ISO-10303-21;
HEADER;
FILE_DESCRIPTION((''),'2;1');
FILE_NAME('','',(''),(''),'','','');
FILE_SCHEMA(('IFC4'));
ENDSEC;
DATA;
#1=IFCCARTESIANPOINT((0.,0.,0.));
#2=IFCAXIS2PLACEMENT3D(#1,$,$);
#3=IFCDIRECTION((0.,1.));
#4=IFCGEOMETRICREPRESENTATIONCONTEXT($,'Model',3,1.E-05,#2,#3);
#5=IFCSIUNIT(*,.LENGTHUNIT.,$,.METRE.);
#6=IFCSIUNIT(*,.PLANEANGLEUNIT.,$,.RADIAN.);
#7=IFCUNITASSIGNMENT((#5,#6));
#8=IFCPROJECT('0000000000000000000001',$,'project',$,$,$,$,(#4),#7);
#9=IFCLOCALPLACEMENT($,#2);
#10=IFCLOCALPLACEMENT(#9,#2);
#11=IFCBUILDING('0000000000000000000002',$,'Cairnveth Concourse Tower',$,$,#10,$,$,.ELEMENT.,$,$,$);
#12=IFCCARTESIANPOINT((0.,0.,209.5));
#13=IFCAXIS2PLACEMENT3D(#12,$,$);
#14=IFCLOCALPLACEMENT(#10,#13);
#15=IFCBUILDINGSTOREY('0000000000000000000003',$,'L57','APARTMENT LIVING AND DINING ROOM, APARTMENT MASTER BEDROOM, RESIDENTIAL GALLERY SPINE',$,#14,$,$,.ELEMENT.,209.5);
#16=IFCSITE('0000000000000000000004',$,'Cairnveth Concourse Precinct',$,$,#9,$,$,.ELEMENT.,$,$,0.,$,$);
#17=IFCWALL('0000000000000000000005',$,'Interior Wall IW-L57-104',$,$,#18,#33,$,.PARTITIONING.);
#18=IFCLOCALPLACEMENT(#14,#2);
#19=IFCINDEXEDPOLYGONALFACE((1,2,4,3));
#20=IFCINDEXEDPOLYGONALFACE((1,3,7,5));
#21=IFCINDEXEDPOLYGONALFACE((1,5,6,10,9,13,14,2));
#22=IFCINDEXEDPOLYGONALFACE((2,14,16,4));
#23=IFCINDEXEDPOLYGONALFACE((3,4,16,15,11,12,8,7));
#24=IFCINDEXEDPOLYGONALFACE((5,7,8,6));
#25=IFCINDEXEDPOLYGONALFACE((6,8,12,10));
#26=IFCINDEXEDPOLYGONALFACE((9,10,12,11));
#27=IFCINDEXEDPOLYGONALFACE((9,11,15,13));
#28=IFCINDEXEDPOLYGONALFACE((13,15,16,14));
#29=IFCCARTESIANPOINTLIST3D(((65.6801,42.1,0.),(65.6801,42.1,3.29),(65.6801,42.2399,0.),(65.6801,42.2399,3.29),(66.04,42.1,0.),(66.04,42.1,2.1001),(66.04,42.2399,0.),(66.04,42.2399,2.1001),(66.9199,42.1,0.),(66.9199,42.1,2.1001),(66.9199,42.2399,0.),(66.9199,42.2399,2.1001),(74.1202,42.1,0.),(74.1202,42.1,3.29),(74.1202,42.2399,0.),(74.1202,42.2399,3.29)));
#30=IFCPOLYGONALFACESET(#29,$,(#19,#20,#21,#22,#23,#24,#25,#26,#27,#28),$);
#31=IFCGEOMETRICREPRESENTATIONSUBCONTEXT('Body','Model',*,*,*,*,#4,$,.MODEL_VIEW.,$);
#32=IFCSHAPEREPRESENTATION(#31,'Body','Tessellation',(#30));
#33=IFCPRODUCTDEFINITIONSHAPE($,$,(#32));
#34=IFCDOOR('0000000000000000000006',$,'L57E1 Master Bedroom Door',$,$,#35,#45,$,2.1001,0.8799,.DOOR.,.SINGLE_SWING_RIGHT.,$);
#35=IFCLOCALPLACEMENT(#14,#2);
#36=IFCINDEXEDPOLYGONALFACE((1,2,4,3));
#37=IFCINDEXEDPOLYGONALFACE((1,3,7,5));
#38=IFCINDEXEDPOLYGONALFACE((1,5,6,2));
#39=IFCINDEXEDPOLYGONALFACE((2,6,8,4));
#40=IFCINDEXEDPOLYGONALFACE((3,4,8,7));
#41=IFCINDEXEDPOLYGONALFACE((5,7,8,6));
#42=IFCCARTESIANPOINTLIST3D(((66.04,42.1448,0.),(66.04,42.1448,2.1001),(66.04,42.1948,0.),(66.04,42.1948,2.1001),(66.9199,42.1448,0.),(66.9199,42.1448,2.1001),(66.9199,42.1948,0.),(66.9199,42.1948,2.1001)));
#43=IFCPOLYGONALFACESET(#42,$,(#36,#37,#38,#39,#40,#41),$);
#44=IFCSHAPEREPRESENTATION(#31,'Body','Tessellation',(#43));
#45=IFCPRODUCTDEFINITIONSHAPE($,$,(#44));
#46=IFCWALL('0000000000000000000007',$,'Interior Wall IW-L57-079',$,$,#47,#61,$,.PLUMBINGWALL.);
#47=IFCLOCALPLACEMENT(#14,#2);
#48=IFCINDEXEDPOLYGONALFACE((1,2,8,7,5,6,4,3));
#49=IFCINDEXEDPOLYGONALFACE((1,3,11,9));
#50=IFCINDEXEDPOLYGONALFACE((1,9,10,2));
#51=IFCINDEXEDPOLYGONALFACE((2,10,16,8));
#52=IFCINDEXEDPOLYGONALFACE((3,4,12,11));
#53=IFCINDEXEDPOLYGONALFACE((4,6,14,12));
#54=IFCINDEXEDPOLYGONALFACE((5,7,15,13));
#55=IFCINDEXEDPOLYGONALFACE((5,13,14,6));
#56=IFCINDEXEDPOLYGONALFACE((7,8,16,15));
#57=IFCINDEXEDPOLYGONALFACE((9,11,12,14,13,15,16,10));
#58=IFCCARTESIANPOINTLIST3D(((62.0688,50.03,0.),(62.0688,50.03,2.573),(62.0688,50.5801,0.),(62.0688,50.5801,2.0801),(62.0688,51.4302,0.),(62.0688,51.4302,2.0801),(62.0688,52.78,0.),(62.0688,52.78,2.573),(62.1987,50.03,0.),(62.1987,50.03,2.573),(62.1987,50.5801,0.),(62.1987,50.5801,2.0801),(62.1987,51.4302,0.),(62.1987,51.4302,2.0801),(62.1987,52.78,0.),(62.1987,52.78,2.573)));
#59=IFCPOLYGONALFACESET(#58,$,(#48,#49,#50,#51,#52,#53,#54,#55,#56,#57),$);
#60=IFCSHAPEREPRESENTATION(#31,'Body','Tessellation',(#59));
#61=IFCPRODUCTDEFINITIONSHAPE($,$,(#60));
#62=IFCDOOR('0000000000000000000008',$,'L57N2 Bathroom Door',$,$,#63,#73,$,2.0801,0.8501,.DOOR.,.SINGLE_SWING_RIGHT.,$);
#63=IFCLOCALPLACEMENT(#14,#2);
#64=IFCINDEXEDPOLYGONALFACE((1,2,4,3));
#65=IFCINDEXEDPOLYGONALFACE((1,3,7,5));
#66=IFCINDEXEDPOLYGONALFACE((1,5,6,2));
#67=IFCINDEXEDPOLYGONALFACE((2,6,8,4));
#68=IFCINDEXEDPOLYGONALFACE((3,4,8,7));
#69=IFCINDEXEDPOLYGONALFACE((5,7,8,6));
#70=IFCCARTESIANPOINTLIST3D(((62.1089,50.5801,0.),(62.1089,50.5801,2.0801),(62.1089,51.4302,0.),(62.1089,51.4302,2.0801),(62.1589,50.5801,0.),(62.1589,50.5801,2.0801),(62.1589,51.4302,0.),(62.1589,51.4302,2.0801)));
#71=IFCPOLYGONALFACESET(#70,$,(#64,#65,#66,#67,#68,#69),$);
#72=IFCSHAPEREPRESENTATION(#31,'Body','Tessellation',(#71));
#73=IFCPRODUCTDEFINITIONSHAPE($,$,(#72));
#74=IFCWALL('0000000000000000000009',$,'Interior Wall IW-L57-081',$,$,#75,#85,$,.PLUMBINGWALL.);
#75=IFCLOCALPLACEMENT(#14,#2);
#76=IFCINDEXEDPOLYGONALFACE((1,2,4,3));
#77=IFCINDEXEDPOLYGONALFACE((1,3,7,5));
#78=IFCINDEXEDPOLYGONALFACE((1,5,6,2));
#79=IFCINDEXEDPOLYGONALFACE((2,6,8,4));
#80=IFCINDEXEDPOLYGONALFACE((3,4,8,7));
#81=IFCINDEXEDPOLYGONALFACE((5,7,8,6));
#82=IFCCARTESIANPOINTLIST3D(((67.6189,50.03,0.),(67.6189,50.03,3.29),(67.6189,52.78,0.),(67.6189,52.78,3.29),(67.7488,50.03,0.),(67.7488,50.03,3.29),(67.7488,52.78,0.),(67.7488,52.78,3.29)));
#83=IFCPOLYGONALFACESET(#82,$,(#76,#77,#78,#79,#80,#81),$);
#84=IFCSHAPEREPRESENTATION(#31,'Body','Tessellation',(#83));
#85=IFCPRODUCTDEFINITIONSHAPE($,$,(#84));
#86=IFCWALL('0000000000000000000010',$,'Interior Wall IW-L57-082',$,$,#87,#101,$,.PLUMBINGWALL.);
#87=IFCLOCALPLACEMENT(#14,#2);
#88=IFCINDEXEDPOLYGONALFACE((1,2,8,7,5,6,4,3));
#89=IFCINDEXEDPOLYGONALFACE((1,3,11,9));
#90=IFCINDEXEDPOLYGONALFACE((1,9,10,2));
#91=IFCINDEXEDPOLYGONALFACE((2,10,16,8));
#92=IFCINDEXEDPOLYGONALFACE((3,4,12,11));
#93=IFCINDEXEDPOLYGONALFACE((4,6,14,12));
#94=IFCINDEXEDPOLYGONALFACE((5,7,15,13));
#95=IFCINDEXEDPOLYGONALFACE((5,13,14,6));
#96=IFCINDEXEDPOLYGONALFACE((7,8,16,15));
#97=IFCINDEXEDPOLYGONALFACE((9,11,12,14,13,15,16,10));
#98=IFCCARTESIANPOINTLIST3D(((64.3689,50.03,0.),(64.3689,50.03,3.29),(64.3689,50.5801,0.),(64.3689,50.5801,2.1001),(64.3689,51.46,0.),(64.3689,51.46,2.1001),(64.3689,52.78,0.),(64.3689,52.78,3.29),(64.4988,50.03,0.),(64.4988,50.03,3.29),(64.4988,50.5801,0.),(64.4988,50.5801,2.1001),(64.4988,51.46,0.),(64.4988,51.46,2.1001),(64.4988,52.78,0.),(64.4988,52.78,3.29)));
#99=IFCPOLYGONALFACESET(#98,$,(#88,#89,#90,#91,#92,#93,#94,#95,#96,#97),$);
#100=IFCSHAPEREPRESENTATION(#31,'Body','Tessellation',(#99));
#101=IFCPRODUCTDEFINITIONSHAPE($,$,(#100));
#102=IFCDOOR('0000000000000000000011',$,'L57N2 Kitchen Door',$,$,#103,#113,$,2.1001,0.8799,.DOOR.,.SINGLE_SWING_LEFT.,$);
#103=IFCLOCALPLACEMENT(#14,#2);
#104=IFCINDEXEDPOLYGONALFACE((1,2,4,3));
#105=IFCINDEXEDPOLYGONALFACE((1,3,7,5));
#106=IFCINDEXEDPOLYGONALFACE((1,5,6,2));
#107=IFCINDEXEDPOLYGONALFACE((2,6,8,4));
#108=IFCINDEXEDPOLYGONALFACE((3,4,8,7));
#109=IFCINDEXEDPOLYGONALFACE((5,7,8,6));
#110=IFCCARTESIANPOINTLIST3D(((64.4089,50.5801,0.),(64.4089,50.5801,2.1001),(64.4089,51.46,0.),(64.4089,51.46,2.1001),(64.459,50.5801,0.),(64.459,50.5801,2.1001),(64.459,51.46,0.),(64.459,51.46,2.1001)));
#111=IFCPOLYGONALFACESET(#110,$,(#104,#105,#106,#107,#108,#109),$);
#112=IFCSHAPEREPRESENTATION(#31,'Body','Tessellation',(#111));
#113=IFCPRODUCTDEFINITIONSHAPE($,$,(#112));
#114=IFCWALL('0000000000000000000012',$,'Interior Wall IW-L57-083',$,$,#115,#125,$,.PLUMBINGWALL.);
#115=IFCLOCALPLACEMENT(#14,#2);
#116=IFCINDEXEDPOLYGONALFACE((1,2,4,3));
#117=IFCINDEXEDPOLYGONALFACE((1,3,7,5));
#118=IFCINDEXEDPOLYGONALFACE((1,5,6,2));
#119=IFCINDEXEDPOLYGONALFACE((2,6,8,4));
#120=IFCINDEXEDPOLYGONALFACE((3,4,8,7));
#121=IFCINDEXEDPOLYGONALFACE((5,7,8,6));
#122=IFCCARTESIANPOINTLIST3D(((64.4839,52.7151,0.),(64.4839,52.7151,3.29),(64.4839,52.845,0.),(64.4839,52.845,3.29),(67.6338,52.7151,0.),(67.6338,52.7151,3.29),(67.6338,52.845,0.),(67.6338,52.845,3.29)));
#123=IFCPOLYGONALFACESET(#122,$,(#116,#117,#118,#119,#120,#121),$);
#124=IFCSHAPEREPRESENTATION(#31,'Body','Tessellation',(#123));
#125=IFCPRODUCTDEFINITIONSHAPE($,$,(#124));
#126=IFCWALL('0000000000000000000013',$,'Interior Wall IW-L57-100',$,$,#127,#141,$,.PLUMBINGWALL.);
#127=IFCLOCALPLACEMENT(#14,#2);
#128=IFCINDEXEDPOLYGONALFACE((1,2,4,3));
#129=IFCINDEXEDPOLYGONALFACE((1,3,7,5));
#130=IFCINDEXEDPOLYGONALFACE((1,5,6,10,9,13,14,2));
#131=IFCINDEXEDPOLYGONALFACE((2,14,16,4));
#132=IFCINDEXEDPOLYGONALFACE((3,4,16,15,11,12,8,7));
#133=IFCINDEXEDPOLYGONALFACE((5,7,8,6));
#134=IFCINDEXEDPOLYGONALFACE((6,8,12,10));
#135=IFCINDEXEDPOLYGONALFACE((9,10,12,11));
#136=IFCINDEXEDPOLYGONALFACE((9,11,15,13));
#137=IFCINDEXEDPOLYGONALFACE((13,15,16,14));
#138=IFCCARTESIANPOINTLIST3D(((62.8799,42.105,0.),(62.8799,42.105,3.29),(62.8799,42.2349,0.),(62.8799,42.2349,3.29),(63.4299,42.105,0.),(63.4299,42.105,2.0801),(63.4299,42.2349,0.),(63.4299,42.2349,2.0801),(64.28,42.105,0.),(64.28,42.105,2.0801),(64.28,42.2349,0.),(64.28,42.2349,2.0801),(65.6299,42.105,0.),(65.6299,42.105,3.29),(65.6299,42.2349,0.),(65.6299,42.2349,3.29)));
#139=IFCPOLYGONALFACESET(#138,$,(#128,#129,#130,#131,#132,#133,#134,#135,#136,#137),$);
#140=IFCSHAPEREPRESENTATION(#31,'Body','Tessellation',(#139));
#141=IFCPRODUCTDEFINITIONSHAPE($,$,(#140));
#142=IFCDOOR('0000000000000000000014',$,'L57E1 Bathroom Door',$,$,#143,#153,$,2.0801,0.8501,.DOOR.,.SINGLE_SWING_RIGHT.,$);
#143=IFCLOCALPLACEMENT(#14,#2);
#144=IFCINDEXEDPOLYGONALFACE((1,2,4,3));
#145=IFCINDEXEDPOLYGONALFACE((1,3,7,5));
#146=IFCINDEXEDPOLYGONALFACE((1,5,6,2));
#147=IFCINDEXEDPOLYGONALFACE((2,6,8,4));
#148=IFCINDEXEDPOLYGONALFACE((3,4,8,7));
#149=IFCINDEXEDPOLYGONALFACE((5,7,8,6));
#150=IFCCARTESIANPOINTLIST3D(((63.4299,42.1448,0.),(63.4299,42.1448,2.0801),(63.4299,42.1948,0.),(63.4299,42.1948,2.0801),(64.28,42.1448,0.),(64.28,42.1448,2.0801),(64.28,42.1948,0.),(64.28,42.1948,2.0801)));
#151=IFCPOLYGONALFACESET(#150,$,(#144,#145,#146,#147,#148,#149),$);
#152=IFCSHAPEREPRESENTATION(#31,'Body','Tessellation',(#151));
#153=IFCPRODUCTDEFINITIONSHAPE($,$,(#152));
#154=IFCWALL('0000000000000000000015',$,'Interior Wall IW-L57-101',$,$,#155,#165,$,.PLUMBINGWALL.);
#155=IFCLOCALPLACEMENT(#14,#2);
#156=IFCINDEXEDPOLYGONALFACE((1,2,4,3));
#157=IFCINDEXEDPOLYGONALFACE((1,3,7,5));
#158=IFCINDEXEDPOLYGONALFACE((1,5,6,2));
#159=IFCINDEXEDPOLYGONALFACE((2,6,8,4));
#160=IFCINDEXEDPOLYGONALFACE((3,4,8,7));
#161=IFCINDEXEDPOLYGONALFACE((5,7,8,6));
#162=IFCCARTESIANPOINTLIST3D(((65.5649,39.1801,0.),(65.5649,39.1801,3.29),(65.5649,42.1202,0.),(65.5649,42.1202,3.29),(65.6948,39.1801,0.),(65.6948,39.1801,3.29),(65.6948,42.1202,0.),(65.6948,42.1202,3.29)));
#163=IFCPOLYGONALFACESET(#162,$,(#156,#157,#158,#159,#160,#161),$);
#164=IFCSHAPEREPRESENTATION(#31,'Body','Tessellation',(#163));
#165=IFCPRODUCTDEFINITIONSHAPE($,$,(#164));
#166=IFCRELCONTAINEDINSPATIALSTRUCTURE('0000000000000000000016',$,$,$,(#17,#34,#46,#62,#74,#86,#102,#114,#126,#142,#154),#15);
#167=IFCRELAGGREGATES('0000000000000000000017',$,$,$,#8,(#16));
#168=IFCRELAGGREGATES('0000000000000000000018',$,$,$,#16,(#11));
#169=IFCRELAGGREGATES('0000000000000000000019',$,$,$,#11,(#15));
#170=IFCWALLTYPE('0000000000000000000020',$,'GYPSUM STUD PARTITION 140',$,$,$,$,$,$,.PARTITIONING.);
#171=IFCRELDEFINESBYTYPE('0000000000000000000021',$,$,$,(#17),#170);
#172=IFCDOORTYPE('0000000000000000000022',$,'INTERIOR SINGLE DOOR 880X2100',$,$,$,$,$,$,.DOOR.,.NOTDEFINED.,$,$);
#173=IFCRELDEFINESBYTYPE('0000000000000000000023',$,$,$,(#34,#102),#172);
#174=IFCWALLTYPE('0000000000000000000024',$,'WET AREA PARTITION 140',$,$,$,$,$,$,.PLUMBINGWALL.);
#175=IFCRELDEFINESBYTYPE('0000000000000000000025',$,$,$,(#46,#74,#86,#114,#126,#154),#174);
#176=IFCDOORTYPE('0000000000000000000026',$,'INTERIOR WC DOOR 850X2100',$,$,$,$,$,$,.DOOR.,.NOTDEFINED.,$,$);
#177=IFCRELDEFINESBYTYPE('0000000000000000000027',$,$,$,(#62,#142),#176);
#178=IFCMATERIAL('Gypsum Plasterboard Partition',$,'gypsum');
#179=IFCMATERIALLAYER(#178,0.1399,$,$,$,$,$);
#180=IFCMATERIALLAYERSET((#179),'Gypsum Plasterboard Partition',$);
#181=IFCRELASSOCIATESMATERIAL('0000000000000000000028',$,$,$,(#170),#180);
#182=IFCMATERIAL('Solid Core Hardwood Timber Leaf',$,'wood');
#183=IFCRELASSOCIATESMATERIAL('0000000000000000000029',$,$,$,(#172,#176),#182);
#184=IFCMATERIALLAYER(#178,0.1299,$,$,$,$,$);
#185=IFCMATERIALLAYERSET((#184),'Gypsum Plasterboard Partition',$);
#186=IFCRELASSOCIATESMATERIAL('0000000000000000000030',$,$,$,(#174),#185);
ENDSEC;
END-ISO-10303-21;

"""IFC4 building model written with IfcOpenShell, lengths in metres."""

from ifc_helpers import new_model, si_unit, direction, frame, frame_2d, origin, place, context, subcontext, project, spatial, rectangle, extrude, material, layer, layer_set, type_object, element, fill, save


model = new_model("IFC4")

# Units and contexts
model_context = context("Model", 3, precision=1e-05, world=origin(), true_north=direction((0.0, 1.0)))
body_context = subcontext(model_context, "Body", "Model", "MODEL_VIEW")
ifc_project = project(units=[si_unit("LENGTHUNIT", "METRE"), si_unit("PLANEANGLEUNIT", "RADIAN")], contexts=[model_context])

# Site, building, storey
site_placement = place(None, origin())
site = spatial("IfcSite", under=ifc_project, at=site_placement, Name="Cairnveth Concourse Precinct", CompositionType="ELEMENT", RefElevation=0.0)
building_placement = place(site_placement, origin())
building = spatial("IfcBuilding", under=site, at=building_placement, Name="Cairnveth Concourse Tower", CompositionType="ELEMENT")
storey_placement = place(building_placement, frame((0.0, 0.0, 209.5)))
storey = spatial("IfcBuildingStorey", under=building, at=storey_placement, Name="L57", Description="APARTMENT LIVING AND DINING ROOM, APARTMENT MASTER BEDROOM, RESIDENTIAL GALLERY SPINE", CompositionType="ELEMENT", Elevation=209.5)

# Shared definitions
ifc_material_1 = material(Name="Gypsum Plasterboard Partition", Category="gypsum")

# Walls, openings, doors
ifc_layer_1 = layer(ifc_material_1, 0.1399)
ifc_layer_set_1 = layer_set([ifc_layer_1], Name="Gypsum Plasterboard Partition")
wall_type_1 = type_object("IfcWallType", Name="GYPSUM STUD PARTITION 140", PredefinedType="PARTITIONING", material=ifc_layer_set_1)
ifc_material_2 = material(Name="Solid Core Hardwood Timber Leaf", Category="wood")
door_type_1 = type_object("IfcDoorType", Name="INTERIOR SINGLE DOOR 880X2100", OperationType="NOTDEFINED", PredefinedType="DOOR", material=ifc_material_2)
wall_1_placement = place(storey_placement, frame((65.6799, 42.1699, 0.0), z_axis=(0.0, 0.0, 1.0), x_axis=(1.0, 0.0, 0.0)))
wall_1 = element("IfcWall", 1, at=wall_1_placement, inside=storey, type_object=wall_type_1, Name="Interior Wall IW-L57-104", PredefinedType="PARTITIONING", context=body_context, shape_type="SweptSolid", body=[
    extrude(rectangle(XDim=8.4402, YDim=0.1399, at=frame_2d((4.2202, 0.0))), origin(), (0.0, 0.0, 1.0), 3.29),
])
opening_1_placement = place(wall_1_placement, frame((0.3601, 0.0, 0.0)))
opening_1 = element("IfcOpeningElement", 2, at=opening_1_placement, cuts=wall_1, PredefinedType="OPENING", context=body_context, shape_type="SweptSolid", body=[
    extrude(rectangle(XDim=0.8799, YDim=2.1001, at=frame_2d((0.4399, 1.05))), frame((0.0, 0.0798, 0.0), z_axis=(0.0, -1.0, 0.0), x_axis=(1.0, 0.0, 0.0)), (0.0, 0.0, 1.0), 0.1599),
])
door_1_placement = place(opening_1_placement, origin())
door_1 = element("IfcDoor", 3, at=door_1_placement, inside=storey, type_object=door_type_1, Name="L57E1 Master Bedroom Door", OperationType="SINGLE_SWING_RIGHT", OverallHeight=2.1001, OverallWidth=0.8799, PredefinedType="DOOR", context=body_context, shape_type="SweptSolid", body=[
    extrude(rectangle(XDim=0.8799, YDim=2.1001, at=frame_2d((0.4399, 1.05))), frame((0.0, 0.0249, 0.0), z_axis=(0.0, -1.0, 0.0), x_axis=(1.0, 0.0, 0.0)), (0.0, 0.0, 1.0), 0.05),
])
fill(opening_1, door_1)
ifc_layer_2 = layer(ifc_material_1, 0.1299)
ifc_layer_set_2 = layer_set([ifc_layer_2], Name="Gypsum Plasterboard Partition")
wall_type_2 = type_object("IfcWallType", Name="WET AREA PARTITION 140", PredefinedType="PLUMBINGWALL", material=ifc_layer_set_2)
wall_2_placement = place(storey_placement, frame((62.1338, 50.03, 0.0), z_axis=(0.0, 0.0, 1.0), x_axis=(0.0, 1.0, 0.0)))
wall_2 = element("IfcWall", 4, at=wall_2_placement, inside=storey, type_object=wall_type_2, Name="Interior Wall IW-L57-079", PredefinedType="PLUMBINGWALL", context=body_context, shape_type="SweptSolid", body=[
    extrude(rectangle(XDim=2.75, YDim=0.1299, at=frame_2d((1.375, 0.0))), origin(), (0.0, 0.0, 1.0), 2.573),
])
opening_2_placement = place(wall_2_placement, frame((0.55, 0.0, 0.0)))
opening_2 = element("IfcOpeningElement", 5, at=opening_2_placement, cuts=wall_2, PredefinedType="OPENING", context=body_context, shape_type="SweptSolid", body=[
    extrude(rectangle(XDim=0.8501, YDim=2.0801, at=frame_2d((0.425, 1.04))), frame((0.0, 0.075, 0.0), z_axis=(0.0, -1.0, 0.0), x_axis=(1.0, 0.0, 0.0)), (0.0, 0.0, 1.0), 0.1499),
])
door_type_2 = type_object("IfcDoorType", Name="INTERIOR WC DOOR 850X2100", OperationType="NOTDEFINED", PredefinedType="DOOR", material=ifc_material_2)
door_2_placement = place(opening_2_placement, origin())
door_2 = element("IfcDoor", 6, at=door_2_placement, inside=storey, type_object=door_type_2, Name="L57N2 Bathroom Door", OperationType="SINGLE_SWING_RIGHT", OverallHeight=2.0801, OverallWidth=0.8501, PredefinedType="DOOR", context=body_context, shape_type="SweptSolid", body=[
    extrude(rectangle(XDim=0.8501, YDim=2.0801, at=frame_2d((0.425, 1.04))), frame((0.0, 0.0249, 0.0), z_axis=(0.0, -1.0, 0.0), x_axis=(1.0, 0.0, 0.0)), (0.0, 0.0, 1.0), 0.05),
])
fill(opening_2, door_2)

# Wall
wall_3_placement = place(storey_placement, frame((67.6838, 50.03, 0.0), z_axis=(0.0, 0.0, 1.0), x_axis=(0.0, 1.0, 0.0)))
element("IfcWall", 7, at=wall_3_placement, inside=storey, type_object=wall_type_2, Name="Interior Wall IW-L57-081", PredefinedType="PLUMBINGWALL", context=body_context, shape_type="SweptSolid", body=[
    extrude(rectangle(XDim=2.75, YDim=0.1299, at=frame_2d((1.375, 0.0))), origin(), (0.0, 0.0, 1.0), 3.29),
])

# Wall, opening, door
wall_4_placement = place(storey_placement, frame((64.4338, 50.03, 0.0), z_axis=(0.0, 0.0, 1.0), x_axis=(0.0, 1.0, 0.0)))
wall_4 = element("IfcWall", 8, at=wall_4_placement, inside=storey, type_object=wall_type_2, Name="Interior Wall IW-L57-082", PredefinedType="PLUMBINGWALL", context=body_context, shape_type="SweptSolid", body=[
    extrude(rectangle(XDim=2.75, YDim=0.1299, at=frame_2d((1.375, 0.0))), origin(), (0.0, 0.0, 1.0), 3.29),
])
opening_3_placement = place(wall_4_placement, frame((0.55, 0.0, 0.0)))
opening_3 = element("IfcOpeningElement", 9, at=opening_3_placement, cuts=wall_4, PredefinedType="OPENING", context=body_context, shape_type="SweptSolid", body=[
    extrude(rectangle(XDim=0.8799, YDim=2.1001, at=frame_2d((0.4399, 1.05))), frame((0.0, 0.075, 0.0), z_axis=(0.0, -1.0, 0.0), x_axis=(1.0, 0.0, 0.0)), (0.0, 0.0, 1.0), 0.1499),
])
door_3_placement = place(opening_3_placement, origin())
door_3 = element("IfcDoor", 10, at=door_3_placement, inside=storey, type_object=door_type_1, Name="L57N2 Kitchen Door", OperationType="SINGLE_SWING_LEFT", OverallHeight=2.1001, OverallWidth=0.8799, PredefinedType="DOOR", context=body_context, shape_type="SweptSolid", body=[
    extrude(rectangle(XDim=0.8799, YDim=2.1001, at=frame_2d((0.4399, 1.05))), frame((0.0, 0.0249, 0.0), z_axis=(0.0, -1.0, 0.0), x_axis=(1.0, 0.0, 0.0)), (0.0, 0.0, 1.0), 0.05),
])
fill(opening_3, door_3)

# Wall
wall_5_placement = place(storey_placement, frame((64.4839, 52.78, 0.0), z_axis=(0.0, 0.0, 1.0), x_axis=(1.0, 0.0, 0.0)))
element("IfcWall", 11, at=wall_5_placement, inside=storey, type_object=wall_type_2, Name="Interior Wall IW-L57-083", PredefinedType="PLUMBINGWALL", context=body_context, shape_type="SweptSolid", body=[
    extrude(rectangle(XDim=3.1499, YDim=0.1299, at=frame_2d((1.575, 0.0))), origin(), (0.0, 0.0, 1.0), 3.29),
])

# Wall, opening, door
wall_6_placement = place(storey_placement, frame((62.8799, 42.1699, 0.0), z_axis=(0.0, 0.0, 1.0), x_axis=(1.0, 0.0, 0.0)))
wall_6 = element("IfcWall", 12, at=wall_6_placement, inside=storey, type_object=wall_type_2, Name="Interior Wall IW-L57-100", PredefinedType="PLUMBINGWALL", context=body_context, shape_type="SweptSolid", body=[
    extrude(rectangle(XDim=2.75, YDim=0.1299, at=frame_2d((1.375, 0.0))), origin(), (0.0, 0.0, 1.0), 3.29),
])
opening_4_placement = place(wall_6_placement, frame((0.55, 0.0, 0.0)))
opening_4 = element("IfcOpeningElement", 13, at=opening_4_placement, cuts=wall_6, PredefinedType="OPENING", context=body_context, shape_type="SweptSolid", body=[
    extrude(rectangle(XDim=0.8501, YDim=2.0801, at=frame_2d((0.425, 1.04))), frame((0.0, 0.075, 0.0), z_axis=(0.0, -1.0, 0.0), x_axis=(1.0, 0.0, 0.0)), (0.0, 0.0, 1.0), 0.1499),
])
door_4_placement = place(opening_4_placement, origin())
door_4 = element("IfcDoor", 14, at=door_4_placement, inside=storey, type_object=door_type_2, Name="L57E1 Bathroom Door", OperationType="SINGLE_SWING_RIGHT", OverallHeight=2.0801, OverallWidth=0.8501, PredefinedType="DOOR", context=body_context, shape_type="SweptSolid", body=[
    extrude(rectangle(XDim=0.8501, YDim=2.0801, at=frame_2d((0.425, 1.04))), frame((0.0, 0.0249, 0.0), z_axis=(0.0, -1.0, 0.0), x_axis=(1.0, 0.0, 0.0)), (0.0, 0.0, 1.0), 0.05),
])
fill(opening_4, door_4)

# Wall
wall_7_placement = place(storey_placement, frame((65.6299, 39.1799, 0.0), z_axis=(0.0, 0.0, 1.0), x_axis=(0.0, 1.0, 0.0)))
element("IfcWall", 15, at=wall_7_placement, inside=storey, type_object=wall_type_2, Name="Interior Wall IW-L57-101", PredefinedType="PLUMBINGWALL", context=body_context, shape_type="SweptSolid", body=[
    extrude(rectangle(XDim=2.9402, YDim=0.1299, at=frame_2d((1.4702, 0.0))), origin(), (0.0, 0.0, 1.0), 3.29),
])

save(model, "model.ifc")
